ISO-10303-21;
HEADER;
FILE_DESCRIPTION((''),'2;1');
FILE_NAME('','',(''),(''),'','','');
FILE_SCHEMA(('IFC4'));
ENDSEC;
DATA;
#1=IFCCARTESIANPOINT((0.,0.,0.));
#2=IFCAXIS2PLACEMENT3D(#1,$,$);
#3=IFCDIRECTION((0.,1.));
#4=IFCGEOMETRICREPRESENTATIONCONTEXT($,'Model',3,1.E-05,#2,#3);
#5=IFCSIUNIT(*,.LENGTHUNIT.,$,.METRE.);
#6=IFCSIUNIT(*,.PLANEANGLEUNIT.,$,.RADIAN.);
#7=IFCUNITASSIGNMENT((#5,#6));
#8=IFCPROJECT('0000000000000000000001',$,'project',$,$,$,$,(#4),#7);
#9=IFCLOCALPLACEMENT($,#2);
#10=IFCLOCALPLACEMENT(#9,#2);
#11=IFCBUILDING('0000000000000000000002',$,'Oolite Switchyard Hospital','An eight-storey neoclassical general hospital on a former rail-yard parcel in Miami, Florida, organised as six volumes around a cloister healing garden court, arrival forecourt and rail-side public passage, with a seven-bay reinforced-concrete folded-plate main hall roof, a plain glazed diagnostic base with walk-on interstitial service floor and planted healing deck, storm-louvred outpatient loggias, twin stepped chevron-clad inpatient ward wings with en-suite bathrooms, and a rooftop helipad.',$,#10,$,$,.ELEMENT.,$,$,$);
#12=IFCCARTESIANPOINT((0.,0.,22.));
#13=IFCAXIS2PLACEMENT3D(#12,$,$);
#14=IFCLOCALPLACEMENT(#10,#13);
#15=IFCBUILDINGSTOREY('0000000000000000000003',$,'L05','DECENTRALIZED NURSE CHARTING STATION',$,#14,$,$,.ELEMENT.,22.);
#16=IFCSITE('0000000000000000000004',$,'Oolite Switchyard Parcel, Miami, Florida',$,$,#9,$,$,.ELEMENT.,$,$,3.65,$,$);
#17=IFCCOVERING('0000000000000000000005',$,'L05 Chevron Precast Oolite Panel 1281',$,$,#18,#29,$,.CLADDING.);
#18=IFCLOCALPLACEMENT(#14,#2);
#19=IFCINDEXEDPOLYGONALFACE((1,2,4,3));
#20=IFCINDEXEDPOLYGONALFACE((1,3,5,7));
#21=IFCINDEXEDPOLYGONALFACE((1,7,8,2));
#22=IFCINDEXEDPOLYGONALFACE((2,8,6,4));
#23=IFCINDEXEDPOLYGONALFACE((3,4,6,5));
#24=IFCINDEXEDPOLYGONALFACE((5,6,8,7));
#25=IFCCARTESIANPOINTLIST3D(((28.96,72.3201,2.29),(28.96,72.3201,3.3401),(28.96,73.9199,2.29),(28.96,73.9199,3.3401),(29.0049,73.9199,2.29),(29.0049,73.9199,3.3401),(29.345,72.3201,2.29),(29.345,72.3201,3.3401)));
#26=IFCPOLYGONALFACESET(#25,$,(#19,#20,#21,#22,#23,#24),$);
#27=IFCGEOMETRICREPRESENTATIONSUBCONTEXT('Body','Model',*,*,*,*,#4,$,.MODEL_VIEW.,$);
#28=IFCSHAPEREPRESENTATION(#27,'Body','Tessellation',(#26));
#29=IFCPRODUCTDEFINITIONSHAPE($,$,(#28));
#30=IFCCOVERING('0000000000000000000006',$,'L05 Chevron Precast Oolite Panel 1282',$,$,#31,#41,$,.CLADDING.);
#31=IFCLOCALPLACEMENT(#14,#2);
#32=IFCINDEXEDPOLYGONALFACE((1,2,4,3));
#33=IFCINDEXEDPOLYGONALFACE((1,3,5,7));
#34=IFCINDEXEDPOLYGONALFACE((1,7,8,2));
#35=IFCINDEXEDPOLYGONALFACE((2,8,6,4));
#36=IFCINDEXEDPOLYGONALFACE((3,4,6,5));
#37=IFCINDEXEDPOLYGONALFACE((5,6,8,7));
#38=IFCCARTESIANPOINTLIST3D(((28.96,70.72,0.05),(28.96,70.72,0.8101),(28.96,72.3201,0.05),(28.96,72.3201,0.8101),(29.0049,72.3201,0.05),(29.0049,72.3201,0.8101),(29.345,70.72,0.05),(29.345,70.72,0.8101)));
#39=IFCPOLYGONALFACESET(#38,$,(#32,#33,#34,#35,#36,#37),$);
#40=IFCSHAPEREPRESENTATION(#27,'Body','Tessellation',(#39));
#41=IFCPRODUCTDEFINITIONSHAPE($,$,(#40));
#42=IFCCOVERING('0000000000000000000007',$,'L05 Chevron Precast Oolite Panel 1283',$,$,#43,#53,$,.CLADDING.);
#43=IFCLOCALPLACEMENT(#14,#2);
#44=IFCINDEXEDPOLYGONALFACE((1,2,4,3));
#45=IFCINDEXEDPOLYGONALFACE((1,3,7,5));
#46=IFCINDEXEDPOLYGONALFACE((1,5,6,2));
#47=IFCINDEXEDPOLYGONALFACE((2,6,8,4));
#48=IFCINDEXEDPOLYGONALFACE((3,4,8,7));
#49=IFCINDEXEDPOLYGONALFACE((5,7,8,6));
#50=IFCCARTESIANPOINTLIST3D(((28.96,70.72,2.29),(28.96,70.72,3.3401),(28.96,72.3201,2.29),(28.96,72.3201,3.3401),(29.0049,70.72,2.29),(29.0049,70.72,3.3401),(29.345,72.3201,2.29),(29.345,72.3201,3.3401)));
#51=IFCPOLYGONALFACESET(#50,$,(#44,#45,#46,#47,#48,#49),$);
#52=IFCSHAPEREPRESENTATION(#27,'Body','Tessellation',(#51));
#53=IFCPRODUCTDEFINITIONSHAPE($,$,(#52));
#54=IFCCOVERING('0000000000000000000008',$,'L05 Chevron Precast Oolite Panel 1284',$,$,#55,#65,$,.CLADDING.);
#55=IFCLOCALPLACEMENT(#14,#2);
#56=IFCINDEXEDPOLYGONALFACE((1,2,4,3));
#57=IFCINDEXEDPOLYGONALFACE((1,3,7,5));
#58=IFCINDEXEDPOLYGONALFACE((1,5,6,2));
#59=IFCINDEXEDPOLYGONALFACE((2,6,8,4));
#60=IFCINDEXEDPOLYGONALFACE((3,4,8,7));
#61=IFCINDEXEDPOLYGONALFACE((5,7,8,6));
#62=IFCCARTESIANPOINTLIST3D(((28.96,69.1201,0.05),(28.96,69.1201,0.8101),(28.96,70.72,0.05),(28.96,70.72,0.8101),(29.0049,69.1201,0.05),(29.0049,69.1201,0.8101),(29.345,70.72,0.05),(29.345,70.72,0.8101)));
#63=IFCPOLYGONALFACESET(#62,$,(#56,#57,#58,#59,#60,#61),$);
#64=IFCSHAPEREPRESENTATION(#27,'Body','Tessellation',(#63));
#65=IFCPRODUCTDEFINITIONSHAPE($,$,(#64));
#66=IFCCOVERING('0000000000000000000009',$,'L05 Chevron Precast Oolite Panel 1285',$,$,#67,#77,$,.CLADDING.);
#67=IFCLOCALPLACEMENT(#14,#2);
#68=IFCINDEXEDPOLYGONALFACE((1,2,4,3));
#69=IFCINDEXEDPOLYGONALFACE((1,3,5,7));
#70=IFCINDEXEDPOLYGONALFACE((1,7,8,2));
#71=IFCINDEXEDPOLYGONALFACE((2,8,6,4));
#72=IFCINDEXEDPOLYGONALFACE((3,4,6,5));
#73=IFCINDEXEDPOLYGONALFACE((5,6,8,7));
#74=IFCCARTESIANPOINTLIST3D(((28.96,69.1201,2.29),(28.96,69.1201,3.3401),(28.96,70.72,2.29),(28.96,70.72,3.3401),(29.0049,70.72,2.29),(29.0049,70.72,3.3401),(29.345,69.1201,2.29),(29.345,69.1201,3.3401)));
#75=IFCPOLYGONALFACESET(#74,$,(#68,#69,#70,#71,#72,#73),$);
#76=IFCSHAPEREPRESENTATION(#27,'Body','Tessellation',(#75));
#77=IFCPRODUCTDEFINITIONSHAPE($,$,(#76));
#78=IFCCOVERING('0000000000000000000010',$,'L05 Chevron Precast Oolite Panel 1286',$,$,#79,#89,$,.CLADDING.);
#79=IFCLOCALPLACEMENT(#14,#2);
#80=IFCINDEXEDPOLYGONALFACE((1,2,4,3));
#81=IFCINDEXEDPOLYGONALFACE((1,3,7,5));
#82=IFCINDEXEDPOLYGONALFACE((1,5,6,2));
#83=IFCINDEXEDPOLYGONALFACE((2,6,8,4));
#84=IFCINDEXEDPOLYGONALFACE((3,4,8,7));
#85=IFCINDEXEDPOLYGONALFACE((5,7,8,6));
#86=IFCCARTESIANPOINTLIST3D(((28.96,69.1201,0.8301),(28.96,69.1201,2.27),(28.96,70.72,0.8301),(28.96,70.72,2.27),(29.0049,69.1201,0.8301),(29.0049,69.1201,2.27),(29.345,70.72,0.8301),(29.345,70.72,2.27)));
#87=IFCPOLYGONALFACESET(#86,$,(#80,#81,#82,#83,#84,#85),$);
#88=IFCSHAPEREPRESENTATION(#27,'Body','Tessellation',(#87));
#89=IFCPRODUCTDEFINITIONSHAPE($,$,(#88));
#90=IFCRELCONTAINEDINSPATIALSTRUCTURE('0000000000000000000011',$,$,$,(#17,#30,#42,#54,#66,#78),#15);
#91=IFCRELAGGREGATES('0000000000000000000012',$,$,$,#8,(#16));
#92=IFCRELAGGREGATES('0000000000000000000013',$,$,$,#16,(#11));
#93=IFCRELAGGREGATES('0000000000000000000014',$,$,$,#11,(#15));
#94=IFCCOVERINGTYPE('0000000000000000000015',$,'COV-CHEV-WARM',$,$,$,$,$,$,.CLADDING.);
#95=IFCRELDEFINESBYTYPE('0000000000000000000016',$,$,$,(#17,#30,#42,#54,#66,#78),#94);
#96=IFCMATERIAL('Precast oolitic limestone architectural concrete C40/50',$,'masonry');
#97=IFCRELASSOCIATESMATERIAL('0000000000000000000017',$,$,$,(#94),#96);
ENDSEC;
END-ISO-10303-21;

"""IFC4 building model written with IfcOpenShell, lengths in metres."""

from ifc_helpers import new_model, si_unit, direction, frame, origin, place, context, subcontext, project, spatial, polyline, outline, extrude, material, type_object, element, save


model = new_model("IFC4")

# Units and contexts
model_context = context("Model", 3, precision=1e-05, world=origin(), true_north=direction((0.0, 1.0)))
body_context = subcontext(model_context, "Body", "Model", "MODEL_VIEW")
ifc_project = project(units=[si_unit("LENGTHUNIT", "METRE"), si_unit("PLANEANGLEUNIT", "RADIAN")], contexts=[model_context])

# Site, building, storey
site_placement = place(None, origin())
site = spatial("IfcSite", under=ifc_project, at=site_placement, Name="Oolite Switchyard Parcel, Miami, Florida", CompositionType="ELEMENT", RefElevation=3.65)
building_placement = place(site_placement, origin())
building = spatial("IfcBuilding", under=site, at=building_placement, Name="Oolite Switchyard Hospital", Description="An eight-storey neoclassical general hospital on a former rail-yard parcel in Miami, Florida, organised as six volumes around a cloister healing garden court, arrival forecourt and rail-side public passage, with a seven-bay reinforced-concrete folded-plate main hall roof, a plain glazed diagnostic base with walk-on interstitial service floor and planted healing deck, storm-louvred outpatient loggias, twin stepped chevron-clad inpatient ward wings with en-suite bathrooms, and a rooftop helipad.", CompositionType="ELEMENT")
storey_placement = place(building_placement, frame((0.0, 0.0, 22.0)))
storey = spatial("IfcBuildingStorey", under=building, at=storey_placement, Name="L05", Description="DECENTRALIZED NURSE CHARTING STATION", CompositionType="ELEMENT", Elevation=22.0)

# Shared definitions
ifc_material_1 = material(Name="Precast oolitic limestone architectural concrete C40/50", Category="masonry")

# Coverings
covering_type = type_object("IfcCoveringType", Name="COV-CHEV-WARM", PredefinedType="CLADDING", material=ifc_material_1)
covering_1_placement = place(storey_placement, frame((28.96, 73.9199, 2.29), z_axis=(0.0, 0.0, 1.0), x_axis=(0.0, -1.0, 0.0)))
element("IfcCovering", 1, at=covering_1_placement, inside=storey, type_object=covering_type, Name="L05 Chevron Precast Oolite Panel 1281", PredefinedType="CLADDING", context=body_context, shape_type="SweptSolid", body=[
    extrude(outline(polyline([(0.0, 0.0), (1.5999, 0.0), (1.5999, 0.385), (0.0, 0.0449), (0.0, 0.0)])), origin(), (0.0, 0.0, 1.0), 1.05),
])
covering_2_placement = place(storey_placement, frame((28.96, 72.3201, 0.05), z_axis=(0.0, 0.0, 1.0), x_axis=(0.0, -1.0, 0.0)))
element("IfcCovering", 2, at=covering_2_placement, inside=storey, type_object=covering_type, Name="L05 Chevron Precast Oolite Panel 1282", PredefinedType="CLADDING", context=body_context, shape_type="SweptSolid", body=[
    extrude(outline(polyline([(0.0, 0.0), (1.6001, 0.0), (1.6001, 0.385), (0.0, 0.0449), (0.0, 0.0)])), origin(), (0.0, 0.0, 1.0), 0.76),
])
covering_3_placement = place(storey_placement, frame((28.96, 72.3201, 2.29), z_axis=(0.0, 0.0, 1.0), x_axis=(0.0, -1.0, 0.0)))
element("IfcCovering", 3, at=covering_3_placement, inside=storey, type_object=covering_type, Name="L05 Chevron Precast Oolite Panel 1283", PredefinedType="CLADDING", context=body_context, shape_type="SweptSolid", body=[
    extrude(outline(polyline([(0.0, 0.0), (1.6001, 0.0), (1.6001, 0.0449), (0.0, 0.385), (0.0, 0.0)])), origin(), (0.0, 0.0, 1.0), 1.05),
])
covering_4_placement = place(storey_placement, frame((28.96, 70.72, 0.05), z_axis=(0.0, 0.0, 1.0), x_axis=(0.0, -1.0, 0.0)))
element("IfcCovering", 4, at=covering_4_placement, inside=storey, type_object=covering_type, Name="L05 Chevron Precast Oolite Panel 1284", PredefinedType="CLADDING", context=body_context, shape_type="SweptSolid", body=[
    extrude(outline(polyline([(0.0, 0.0), (1.5999, 0.0), (1.5999, 0.0449), (0.0, 0.385), (0.0, 0.0)])), origin(), (0.0, 0.0, 1.0), 0.76),
])
covering_5_placement = place(storey_placement, frame((28.96, 70.72, 2.29), z_axis=(0.0, 0.0, 1.0), x_axis=(0.0, -1.0, 0.0)))
element("IfcCovering", 5, at=covering_5_placement, inside=storey, type_object=covering_type, Name="L05 Chevron Precast Oolite Panel 1285", PredefinedType="CLADDING", context=body_context, shape_type="SweptSolid", body=[
    extrude(outline(polyline([(0.0, 0.0), (1.5999, 0.0), (1.5999, 0.385), (0.0, 0.0449), (0.0, 0.0)])), origin(), (0.0, 0.0, 1.0), 1.05),
])
covering_6_placement = place(storey_placement, frame((28.96, 70.72, 0.8301), z_axis=(0.0, 0.0, 1.0), x_axis=(0.0, -1.0, 0.0)))
element("IfcCovering", 6, at=covering_6_placement, inside=storey, type_object=covering_type, Name="L05 Chevron Precast Oolite Panel 1286", PredefinedType="CLADDING", context=body_context, shape_type="SweptSolid", body=[
    extrude(outline(polyline([(0.0, 0.0), (1.5999, 0.0), (1.5999, 0.0449), (0.0, 0.385), (0.0, 0.0)])), origin(), (0.0, 0.0, 1.0), 1.4399),
])

save(model, "model.ifc")
